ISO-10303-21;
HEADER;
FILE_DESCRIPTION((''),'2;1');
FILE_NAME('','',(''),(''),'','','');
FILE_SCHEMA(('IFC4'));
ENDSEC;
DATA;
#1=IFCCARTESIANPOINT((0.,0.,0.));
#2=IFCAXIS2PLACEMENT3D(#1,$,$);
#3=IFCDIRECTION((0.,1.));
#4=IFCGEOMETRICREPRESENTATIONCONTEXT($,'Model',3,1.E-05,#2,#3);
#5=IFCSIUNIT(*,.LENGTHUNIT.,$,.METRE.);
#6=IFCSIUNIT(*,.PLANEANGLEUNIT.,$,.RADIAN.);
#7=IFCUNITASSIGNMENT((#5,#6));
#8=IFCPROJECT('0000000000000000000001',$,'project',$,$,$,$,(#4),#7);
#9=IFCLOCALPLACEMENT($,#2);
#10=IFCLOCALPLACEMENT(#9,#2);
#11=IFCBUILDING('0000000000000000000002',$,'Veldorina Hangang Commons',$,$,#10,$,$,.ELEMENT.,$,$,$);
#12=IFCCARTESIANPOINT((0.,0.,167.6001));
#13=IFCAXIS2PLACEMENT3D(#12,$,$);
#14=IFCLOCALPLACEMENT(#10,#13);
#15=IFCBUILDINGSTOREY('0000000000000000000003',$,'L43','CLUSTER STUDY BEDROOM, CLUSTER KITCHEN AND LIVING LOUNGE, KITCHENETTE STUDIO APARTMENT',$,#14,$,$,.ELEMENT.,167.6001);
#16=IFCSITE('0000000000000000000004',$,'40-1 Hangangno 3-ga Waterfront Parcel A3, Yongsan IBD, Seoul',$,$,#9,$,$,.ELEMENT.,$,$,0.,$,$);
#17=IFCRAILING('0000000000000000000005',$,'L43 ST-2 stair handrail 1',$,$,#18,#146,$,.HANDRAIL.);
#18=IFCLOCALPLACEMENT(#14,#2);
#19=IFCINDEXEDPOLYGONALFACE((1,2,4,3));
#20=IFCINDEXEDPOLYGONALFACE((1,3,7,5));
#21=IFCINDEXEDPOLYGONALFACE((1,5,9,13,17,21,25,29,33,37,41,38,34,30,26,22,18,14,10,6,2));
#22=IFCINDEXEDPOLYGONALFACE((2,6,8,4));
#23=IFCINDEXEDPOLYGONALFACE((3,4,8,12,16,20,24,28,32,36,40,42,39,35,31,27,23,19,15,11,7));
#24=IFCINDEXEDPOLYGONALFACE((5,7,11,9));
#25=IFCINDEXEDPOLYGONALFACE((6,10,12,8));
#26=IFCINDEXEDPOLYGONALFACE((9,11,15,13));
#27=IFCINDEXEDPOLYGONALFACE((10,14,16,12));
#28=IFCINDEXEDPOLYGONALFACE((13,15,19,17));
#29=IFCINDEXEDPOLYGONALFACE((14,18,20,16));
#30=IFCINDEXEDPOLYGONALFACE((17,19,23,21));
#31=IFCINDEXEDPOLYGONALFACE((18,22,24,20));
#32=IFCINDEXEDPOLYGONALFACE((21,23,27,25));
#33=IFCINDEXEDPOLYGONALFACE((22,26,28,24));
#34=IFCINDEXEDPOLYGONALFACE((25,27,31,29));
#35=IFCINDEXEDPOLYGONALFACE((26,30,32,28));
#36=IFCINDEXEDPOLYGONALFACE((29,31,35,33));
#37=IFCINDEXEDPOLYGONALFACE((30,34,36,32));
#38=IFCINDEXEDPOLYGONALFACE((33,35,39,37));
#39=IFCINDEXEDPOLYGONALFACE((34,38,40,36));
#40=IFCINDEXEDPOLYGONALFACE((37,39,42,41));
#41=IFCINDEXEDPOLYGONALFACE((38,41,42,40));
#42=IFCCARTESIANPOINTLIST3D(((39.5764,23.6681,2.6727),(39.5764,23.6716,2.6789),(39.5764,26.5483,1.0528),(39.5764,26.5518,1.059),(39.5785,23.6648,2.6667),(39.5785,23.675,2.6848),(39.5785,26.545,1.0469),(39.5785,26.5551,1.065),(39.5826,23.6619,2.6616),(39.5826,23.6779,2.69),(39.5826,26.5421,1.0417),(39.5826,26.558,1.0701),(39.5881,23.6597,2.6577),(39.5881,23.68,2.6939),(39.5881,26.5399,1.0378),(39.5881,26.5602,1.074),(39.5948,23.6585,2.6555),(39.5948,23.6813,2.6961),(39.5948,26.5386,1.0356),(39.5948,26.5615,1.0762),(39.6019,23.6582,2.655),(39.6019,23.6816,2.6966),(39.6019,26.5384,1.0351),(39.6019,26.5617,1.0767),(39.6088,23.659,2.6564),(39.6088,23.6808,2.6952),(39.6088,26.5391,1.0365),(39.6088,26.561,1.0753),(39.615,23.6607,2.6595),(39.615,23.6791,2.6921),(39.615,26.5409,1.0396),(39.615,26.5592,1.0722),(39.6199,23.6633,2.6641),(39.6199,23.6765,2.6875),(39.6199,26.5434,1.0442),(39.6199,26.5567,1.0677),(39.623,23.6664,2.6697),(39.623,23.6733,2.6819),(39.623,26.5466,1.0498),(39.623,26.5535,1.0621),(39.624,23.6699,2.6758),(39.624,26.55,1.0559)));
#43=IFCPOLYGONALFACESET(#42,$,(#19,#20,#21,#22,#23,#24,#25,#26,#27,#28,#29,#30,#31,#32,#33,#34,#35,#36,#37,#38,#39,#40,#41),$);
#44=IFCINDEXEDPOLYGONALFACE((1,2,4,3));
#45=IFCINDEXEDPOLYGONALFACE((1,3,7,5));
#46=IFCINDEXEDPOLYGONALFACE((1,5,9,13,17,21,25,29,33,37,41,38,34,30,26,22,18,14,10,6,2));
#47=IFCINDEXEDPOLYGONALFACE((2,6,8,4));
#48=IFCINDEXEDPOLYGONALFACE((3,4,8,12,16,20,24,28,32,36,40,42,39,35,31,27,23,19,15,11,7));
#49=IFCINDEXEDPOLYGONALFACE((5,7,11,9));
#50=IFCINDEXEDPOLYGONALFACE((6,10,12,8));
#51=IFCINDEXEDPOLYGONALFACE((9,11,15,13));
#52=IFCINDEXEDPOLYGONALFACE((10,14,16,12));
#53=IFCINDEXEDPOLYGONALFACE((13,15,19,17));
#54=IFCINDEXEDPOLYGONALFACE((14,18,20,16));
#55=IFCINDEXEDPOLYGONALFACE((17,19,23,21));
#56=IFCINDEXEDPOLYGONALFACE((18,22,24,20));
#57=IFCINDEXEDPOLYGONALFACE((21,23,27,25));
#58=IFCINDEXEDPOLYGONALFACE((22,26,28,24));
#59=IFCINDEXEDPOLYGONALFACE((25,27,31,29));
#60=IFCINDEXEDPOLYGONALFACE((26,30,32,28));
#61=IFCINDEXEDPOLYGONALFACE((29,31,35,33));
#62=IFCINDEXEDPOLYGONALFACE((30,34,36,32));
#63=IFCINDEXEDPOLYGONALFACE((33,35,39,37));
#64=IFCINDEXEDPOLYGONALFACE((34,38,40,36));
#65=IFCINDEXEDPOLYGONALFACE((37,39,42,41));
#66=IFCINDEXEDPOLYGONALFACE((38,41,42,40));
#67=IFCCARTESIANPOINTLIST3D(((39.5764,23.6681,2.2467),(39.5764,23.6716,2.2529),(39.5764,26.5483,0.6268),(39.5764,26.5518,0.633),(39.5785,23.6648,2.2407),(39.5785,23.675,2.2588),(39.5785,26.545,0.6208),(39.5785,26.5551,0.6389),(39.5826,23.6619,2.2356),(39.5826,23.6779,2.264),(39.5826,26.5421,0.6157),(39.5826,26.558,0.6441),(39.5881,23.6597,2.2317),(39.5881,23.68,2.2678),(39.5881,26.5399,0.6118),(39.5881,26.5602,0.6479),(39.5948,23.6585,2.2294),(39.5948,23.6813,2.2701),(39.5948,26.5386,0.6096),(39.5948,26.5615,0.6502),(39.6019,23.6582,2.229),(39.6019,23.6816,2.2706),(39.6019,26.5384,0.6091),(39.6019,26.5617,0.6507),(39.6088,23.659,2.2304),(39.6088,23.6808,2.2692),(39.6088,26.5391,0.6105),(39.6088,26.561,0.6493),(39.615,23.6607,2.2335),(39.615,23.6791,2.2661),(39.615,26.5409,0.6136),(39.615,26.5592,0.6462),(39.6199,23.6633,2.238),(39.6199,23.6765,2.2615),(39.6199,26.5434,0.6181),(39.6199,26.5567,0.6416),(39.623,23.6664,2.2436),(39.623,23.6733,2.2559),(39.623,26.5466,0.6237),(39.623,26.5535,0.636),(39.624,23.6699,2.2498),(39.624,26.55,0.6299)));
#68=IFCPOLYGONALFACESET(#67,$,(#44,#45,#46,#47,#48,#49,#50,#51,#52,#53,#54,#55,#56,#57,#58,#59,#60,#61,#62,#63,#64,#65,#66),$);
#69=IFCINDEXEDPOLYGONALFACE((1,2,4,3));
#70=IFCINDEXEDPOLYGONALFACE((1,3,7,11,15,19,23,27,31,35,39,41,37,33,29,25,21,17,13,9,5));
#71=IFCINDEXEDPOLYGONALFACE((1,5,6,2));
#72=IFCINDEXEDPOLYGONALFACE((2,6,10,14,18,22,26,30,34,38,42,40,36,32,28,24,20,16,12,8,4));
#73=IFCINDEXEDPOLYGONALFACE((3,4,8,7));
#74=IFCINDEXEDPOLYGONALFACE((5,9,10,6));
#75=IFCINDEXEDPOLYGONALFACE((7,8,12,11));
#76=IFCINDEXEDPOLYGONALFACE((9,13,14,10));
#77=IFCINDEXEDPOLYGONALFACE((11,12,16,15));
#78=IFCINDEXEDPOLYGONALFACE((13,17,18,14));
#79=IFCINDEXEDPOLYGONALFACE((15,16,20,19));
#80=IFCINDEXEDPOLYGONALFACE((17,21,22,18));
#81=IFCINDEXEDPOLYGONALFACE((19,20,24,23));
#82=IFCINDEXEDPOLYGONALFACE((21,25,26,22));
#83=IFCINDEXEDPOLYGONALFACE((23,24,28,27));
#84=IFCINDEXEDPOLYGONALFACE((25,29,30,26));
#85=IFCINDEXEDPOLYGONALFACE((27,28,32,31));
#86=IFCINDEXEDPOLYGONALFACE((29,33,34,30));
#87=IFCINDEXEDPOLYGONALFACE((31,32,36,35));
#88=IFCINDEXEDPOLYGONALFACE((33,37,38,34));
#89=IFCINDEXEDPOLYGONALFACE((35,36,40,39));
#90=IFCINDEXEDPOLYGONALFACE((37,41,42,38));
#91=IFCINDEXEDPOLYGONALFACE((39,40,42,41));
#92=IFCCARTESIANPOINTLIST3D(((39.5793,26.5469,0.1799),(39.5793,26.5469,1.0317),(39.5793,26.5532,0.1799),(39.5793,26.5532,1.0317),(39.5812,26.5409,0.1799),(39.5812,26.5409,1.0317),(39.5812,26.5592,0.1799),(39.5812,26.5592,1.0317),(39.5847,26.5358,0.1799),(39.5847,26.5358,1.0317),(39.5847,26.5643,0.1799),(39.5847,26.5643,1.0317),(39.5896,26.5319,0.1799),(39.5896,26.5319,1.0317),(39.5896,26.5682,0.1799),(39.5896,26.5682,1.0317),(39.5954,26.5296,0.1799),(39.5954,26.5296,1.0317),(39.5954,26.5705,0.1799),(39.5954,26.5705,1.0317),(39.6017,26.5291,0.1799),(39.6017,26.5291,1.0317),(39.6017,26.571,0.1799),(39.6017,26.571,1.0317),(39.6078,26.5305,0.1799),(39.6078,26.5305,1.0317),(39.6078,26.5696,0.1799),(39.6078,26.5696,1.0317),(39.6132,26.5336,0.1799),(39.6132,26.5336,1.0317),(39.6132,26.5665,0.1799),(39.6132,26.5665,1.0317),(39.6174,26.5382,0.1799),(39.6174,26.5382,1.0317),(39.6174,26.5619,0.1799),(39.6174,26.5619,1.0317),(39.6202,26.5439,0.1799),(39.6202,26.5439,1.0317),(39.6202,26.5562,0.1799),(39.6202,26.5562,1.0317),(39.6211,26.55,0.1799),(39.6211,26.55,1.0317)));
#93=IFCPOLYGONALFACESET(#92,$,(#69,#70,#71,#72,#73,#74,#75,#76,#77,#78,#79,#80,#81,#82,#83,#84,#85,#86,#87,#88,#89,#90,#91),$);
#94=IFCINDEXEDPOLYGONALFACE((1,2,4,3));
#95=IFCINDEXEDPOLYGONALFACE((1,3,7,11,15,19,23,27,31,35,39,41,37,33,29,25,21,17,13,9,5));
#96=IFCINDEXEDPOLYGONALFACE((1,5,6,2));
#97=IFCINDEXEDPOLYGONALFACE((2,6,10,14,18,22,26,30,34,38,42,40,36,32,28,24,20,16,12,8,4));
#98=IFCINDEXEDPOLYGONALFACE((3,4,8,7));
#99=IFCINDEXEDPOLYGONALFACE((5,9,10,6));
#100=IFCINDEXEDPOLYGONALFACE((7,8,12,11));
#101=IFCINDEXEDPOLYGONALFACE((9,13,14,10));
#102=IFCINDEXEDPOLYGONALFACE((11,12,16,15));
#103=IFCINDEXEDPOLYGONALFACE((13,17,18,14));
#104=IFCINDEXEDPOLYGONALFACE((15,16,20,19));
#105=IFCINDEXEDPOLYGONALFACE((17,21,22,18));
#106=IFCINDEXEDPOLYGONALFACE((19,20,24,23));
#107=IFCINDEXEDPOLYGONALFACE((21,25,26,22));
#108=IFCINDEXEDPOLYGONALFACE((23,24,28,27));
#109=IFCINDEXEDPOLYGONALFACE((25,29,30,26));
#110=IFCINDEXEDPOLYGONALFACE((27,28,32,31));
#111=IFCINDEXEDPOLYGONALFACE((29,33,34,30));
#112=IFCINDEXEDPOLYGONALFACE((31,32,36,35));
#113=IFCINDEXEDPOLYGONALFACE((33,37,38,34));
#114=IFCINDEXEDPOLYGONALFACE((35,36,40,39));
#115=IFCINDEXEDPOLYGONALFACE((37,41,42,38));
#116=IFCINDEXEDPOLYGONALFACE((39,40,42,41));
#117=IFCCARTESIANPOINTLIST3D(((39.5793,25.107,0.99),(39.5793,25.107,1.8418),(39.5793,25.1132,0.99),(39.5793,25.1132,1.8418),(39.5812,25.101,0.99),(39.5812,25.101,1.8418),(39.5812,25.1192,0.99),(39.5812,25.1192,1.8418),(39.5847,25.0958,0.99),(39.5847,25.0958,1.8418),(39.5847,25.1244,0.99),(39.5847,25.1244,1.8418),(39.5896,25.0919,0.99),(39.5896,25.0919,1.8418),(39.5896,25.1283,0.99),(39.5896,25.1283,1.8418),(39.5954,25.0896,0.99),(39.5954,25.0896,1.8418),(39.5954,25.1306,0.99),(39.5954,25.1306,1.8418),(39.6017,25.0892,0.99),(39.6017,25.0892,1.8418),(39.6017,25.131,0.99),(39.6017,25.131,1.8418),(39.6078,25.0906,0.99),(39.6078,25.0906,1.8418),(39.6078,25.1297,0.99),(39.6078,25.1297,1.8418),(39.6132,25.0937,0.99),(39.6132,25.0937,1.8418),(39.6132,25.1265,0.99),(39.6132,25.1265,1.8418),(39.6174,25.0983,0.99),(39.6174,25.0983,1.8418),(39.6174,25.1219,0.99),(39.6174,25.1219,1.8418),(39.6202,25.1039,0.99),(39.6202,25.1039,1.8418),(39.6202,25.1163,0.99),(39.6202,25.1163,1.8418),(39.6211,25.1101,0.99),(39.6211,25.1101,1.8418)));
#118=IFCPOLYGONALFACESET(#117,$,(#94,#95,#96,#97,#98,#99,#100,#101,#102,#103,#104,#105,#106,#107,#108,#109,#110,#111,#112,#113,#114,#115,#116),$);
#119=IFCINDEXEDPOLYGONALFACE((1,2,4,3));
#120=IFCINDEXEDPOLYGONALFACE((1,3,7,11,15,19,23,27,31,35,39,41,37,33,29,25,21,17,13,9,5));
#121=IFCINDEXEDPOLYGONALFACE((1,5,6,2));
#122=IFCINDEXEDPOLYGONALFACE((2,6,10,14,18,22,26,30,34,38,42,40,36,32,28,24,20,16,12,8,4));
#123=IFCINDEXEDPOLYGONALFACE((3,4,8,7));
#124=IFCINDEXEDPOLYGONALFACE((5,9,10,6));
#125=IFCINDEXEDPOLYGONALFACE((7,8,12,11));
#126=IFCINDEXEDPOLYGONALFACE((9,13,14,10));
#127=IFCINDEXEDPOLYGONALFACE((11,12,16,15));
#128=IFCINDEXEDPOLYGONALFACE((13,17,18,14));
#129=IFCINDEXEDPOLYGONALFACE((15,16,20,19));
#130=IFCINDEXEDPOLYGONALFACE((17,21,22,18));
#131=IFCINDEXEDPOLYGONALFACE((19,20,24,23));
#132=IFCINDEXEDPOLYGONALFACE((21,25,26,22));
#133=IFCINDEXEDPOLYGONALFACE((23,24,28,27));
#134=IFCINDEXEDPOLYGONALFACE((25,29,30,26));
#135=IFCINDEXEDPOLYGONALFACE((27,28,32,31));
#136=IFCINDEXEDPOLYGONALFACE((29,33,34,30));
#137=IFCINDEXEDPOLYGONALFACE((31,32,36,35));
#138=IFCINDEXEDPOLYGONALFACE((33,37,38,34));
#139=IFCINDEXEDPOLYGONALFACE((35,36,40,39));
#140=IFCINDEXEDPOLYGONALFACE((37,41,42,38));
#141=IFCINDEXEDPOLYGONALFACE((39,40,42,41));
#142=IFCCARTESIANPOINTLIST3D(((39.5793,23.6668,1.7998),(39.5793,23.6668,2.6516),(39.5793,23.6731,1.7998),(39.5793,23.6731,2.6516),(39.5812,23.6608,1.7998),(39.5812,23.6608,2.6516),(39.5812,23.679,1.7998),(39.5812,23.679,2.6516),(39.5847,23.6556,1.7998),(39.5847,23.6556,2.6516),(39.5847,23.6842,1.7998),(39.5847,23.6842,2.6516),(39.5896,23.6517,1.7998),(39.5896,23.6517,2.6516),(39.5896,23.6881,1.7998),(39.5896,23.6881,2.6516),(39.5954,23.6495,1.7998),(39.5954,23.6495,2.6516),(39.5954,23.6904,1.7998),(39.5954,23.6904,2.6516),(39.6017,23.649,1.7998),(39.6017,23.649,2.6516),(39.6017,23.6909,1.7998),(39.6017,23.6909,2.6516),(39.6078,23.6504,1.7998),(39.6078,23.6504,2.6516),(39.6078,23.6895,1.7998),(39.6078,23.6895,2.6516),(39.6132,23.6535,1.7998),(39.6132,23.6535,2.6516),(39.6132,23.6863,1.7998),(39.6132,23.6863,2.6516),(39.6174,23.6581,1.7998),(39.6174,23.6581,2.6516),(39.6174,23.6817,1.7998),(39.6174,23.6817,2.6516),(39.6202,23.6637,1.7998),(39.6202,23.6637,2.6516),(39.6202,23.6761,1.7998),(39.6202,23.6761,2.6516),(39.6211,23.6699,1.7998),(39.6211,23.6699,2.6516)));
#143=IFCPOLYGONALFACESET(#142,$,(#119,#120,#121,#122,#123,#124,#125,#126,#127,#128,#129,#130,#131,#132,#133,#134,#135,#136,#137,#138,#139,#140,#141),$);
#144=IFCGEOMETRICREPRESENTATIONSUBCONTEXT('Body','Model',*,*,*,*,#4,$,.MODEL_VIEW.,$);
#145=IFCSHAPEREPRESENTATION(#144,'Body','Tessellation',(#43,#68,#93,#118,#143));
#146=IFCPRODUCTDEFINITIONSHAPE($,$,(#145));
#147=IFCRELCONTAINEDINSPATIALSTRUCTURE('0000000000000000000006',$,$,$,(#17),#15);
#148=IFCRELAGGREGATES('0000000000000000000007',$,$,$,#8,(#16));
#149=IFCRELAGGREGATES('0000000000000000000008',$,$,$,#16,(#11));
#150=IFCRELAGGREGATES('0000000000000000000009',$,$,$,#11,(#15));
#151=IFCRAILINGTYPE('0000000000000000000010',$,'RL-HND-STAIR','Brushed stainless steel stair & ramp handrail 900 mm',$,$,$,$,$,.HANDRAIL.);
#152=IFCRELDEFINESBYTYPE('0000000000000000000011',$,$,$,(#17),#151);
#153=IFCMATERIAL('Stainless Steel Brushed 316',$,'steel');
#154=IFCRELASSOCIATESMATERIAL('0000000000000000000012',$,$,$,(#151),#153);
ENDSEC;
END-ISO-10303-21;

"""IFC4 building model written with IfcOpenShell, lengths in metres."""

from ifc_helpers import new_model, si_unit, direction, frame, origin, origin_2d, place, context, subcontext, project, spatial, circle, extrude, material, type_object, element, save


model = new_model("IFC4")

# Units and contexts
model_context = context("Model", 3, precision=1e-05, world=origin(), true_north=direction((0.0, 1.0)))
body_context = subcontext(model_context, "Body", "Model", "MODEL_VIEW")
ifc_project = project(units=[si_unit("LENGTHUNIT", "METRE"), si_unit("PLANEANGLEUNIT", "RADIAN")], contexts=[model_context])

# Site, building, storey
site_placement = place(None, origin())
site = spatial("IfcSite", under=ifc_project, at=site_placement, Name="40-1 Hangangno 3-ga Waterfront Parcel A3, Yongsan IBD, Seoul", CompositionType="ELEMENT", RefElevation=0.0)
building_placement = place(site_placement, origin())
building = spatial("IfcBuilding", under=site, at=building_placement, Name="Veldorina Hangang Commons", CompositionType="ELEMENT")
storey_placement = place(building_placement, frame((0.0, 0.0, 167.6001)))
storey = spatial("IfcBuildingStorey", under=building, at=storey_placement, Name="L43", Description="CLUSTER STUDY BEDROOM, CLUSTER KITCHEN AND LIVING LOUNGE, KITCHENETTE STUDIO APARTMENT", CompositionType="ELEMENT", Elevation=167.6001)

# Railing
ifc_material_1 = material(Name="Stainless Steel Brushed 316", Category="steel")
railing_type_1 = type_object("IfcRailingType", Name="RL-HND-STAIR", Description="Brushed stainless steel stair & ramp handrail 900 mm", PredefinedType="HANDRAIL", material=ifc_material_1)
railing_1_placement = place(storey_placement, frame((39.6001, 26.55, 0.1799)))
element("IfcRailing", 1, at=railing_1_placement, inside=storey, type_object=railing_type_1, Name="L43 ST-2 stair handrail 1", PredefinedType="HANDRAIL", context=body_context, shape_type="SweptSolid", body=[
    extrude(circle(Radius=0.0239, at=origin_2d()), frame((0.0, 0.0, 0.876), z_axis=(0.0, -0.871601, 0.490216), x_axis=(1.0, 0.0, 0.0)), (0.0, 0.0, 1.0), 3.3044),
    extrude(circle(Radius=0.0239, at=origin_2d()), frame((0.0, 0.0, 0.45), z_axis=(0.0, -0.871601, 0.490216), x_axis=(1.0, 0.0, 0.0)), (0.0, 0.0, 1.0), 3.3044),
    extrude(circle(Radius=0.021, at=origin_2d()), origin(), (0.0, 0.0, 1.0), 0.8518),
    extrude(circle(Radius=0.021, at=origin_2d()), frame((0.0, -1.4399, 0.8101)), (0.0, 0.0, 1.0), 0.8518),
    extrude(circle(Radius=0.021, at=origin_2d()), frame((0.0, -2.8801, 1.6199)), (0.0, 0.0, 1.0), 0.8518),
])

save(model, "model.ifc")
